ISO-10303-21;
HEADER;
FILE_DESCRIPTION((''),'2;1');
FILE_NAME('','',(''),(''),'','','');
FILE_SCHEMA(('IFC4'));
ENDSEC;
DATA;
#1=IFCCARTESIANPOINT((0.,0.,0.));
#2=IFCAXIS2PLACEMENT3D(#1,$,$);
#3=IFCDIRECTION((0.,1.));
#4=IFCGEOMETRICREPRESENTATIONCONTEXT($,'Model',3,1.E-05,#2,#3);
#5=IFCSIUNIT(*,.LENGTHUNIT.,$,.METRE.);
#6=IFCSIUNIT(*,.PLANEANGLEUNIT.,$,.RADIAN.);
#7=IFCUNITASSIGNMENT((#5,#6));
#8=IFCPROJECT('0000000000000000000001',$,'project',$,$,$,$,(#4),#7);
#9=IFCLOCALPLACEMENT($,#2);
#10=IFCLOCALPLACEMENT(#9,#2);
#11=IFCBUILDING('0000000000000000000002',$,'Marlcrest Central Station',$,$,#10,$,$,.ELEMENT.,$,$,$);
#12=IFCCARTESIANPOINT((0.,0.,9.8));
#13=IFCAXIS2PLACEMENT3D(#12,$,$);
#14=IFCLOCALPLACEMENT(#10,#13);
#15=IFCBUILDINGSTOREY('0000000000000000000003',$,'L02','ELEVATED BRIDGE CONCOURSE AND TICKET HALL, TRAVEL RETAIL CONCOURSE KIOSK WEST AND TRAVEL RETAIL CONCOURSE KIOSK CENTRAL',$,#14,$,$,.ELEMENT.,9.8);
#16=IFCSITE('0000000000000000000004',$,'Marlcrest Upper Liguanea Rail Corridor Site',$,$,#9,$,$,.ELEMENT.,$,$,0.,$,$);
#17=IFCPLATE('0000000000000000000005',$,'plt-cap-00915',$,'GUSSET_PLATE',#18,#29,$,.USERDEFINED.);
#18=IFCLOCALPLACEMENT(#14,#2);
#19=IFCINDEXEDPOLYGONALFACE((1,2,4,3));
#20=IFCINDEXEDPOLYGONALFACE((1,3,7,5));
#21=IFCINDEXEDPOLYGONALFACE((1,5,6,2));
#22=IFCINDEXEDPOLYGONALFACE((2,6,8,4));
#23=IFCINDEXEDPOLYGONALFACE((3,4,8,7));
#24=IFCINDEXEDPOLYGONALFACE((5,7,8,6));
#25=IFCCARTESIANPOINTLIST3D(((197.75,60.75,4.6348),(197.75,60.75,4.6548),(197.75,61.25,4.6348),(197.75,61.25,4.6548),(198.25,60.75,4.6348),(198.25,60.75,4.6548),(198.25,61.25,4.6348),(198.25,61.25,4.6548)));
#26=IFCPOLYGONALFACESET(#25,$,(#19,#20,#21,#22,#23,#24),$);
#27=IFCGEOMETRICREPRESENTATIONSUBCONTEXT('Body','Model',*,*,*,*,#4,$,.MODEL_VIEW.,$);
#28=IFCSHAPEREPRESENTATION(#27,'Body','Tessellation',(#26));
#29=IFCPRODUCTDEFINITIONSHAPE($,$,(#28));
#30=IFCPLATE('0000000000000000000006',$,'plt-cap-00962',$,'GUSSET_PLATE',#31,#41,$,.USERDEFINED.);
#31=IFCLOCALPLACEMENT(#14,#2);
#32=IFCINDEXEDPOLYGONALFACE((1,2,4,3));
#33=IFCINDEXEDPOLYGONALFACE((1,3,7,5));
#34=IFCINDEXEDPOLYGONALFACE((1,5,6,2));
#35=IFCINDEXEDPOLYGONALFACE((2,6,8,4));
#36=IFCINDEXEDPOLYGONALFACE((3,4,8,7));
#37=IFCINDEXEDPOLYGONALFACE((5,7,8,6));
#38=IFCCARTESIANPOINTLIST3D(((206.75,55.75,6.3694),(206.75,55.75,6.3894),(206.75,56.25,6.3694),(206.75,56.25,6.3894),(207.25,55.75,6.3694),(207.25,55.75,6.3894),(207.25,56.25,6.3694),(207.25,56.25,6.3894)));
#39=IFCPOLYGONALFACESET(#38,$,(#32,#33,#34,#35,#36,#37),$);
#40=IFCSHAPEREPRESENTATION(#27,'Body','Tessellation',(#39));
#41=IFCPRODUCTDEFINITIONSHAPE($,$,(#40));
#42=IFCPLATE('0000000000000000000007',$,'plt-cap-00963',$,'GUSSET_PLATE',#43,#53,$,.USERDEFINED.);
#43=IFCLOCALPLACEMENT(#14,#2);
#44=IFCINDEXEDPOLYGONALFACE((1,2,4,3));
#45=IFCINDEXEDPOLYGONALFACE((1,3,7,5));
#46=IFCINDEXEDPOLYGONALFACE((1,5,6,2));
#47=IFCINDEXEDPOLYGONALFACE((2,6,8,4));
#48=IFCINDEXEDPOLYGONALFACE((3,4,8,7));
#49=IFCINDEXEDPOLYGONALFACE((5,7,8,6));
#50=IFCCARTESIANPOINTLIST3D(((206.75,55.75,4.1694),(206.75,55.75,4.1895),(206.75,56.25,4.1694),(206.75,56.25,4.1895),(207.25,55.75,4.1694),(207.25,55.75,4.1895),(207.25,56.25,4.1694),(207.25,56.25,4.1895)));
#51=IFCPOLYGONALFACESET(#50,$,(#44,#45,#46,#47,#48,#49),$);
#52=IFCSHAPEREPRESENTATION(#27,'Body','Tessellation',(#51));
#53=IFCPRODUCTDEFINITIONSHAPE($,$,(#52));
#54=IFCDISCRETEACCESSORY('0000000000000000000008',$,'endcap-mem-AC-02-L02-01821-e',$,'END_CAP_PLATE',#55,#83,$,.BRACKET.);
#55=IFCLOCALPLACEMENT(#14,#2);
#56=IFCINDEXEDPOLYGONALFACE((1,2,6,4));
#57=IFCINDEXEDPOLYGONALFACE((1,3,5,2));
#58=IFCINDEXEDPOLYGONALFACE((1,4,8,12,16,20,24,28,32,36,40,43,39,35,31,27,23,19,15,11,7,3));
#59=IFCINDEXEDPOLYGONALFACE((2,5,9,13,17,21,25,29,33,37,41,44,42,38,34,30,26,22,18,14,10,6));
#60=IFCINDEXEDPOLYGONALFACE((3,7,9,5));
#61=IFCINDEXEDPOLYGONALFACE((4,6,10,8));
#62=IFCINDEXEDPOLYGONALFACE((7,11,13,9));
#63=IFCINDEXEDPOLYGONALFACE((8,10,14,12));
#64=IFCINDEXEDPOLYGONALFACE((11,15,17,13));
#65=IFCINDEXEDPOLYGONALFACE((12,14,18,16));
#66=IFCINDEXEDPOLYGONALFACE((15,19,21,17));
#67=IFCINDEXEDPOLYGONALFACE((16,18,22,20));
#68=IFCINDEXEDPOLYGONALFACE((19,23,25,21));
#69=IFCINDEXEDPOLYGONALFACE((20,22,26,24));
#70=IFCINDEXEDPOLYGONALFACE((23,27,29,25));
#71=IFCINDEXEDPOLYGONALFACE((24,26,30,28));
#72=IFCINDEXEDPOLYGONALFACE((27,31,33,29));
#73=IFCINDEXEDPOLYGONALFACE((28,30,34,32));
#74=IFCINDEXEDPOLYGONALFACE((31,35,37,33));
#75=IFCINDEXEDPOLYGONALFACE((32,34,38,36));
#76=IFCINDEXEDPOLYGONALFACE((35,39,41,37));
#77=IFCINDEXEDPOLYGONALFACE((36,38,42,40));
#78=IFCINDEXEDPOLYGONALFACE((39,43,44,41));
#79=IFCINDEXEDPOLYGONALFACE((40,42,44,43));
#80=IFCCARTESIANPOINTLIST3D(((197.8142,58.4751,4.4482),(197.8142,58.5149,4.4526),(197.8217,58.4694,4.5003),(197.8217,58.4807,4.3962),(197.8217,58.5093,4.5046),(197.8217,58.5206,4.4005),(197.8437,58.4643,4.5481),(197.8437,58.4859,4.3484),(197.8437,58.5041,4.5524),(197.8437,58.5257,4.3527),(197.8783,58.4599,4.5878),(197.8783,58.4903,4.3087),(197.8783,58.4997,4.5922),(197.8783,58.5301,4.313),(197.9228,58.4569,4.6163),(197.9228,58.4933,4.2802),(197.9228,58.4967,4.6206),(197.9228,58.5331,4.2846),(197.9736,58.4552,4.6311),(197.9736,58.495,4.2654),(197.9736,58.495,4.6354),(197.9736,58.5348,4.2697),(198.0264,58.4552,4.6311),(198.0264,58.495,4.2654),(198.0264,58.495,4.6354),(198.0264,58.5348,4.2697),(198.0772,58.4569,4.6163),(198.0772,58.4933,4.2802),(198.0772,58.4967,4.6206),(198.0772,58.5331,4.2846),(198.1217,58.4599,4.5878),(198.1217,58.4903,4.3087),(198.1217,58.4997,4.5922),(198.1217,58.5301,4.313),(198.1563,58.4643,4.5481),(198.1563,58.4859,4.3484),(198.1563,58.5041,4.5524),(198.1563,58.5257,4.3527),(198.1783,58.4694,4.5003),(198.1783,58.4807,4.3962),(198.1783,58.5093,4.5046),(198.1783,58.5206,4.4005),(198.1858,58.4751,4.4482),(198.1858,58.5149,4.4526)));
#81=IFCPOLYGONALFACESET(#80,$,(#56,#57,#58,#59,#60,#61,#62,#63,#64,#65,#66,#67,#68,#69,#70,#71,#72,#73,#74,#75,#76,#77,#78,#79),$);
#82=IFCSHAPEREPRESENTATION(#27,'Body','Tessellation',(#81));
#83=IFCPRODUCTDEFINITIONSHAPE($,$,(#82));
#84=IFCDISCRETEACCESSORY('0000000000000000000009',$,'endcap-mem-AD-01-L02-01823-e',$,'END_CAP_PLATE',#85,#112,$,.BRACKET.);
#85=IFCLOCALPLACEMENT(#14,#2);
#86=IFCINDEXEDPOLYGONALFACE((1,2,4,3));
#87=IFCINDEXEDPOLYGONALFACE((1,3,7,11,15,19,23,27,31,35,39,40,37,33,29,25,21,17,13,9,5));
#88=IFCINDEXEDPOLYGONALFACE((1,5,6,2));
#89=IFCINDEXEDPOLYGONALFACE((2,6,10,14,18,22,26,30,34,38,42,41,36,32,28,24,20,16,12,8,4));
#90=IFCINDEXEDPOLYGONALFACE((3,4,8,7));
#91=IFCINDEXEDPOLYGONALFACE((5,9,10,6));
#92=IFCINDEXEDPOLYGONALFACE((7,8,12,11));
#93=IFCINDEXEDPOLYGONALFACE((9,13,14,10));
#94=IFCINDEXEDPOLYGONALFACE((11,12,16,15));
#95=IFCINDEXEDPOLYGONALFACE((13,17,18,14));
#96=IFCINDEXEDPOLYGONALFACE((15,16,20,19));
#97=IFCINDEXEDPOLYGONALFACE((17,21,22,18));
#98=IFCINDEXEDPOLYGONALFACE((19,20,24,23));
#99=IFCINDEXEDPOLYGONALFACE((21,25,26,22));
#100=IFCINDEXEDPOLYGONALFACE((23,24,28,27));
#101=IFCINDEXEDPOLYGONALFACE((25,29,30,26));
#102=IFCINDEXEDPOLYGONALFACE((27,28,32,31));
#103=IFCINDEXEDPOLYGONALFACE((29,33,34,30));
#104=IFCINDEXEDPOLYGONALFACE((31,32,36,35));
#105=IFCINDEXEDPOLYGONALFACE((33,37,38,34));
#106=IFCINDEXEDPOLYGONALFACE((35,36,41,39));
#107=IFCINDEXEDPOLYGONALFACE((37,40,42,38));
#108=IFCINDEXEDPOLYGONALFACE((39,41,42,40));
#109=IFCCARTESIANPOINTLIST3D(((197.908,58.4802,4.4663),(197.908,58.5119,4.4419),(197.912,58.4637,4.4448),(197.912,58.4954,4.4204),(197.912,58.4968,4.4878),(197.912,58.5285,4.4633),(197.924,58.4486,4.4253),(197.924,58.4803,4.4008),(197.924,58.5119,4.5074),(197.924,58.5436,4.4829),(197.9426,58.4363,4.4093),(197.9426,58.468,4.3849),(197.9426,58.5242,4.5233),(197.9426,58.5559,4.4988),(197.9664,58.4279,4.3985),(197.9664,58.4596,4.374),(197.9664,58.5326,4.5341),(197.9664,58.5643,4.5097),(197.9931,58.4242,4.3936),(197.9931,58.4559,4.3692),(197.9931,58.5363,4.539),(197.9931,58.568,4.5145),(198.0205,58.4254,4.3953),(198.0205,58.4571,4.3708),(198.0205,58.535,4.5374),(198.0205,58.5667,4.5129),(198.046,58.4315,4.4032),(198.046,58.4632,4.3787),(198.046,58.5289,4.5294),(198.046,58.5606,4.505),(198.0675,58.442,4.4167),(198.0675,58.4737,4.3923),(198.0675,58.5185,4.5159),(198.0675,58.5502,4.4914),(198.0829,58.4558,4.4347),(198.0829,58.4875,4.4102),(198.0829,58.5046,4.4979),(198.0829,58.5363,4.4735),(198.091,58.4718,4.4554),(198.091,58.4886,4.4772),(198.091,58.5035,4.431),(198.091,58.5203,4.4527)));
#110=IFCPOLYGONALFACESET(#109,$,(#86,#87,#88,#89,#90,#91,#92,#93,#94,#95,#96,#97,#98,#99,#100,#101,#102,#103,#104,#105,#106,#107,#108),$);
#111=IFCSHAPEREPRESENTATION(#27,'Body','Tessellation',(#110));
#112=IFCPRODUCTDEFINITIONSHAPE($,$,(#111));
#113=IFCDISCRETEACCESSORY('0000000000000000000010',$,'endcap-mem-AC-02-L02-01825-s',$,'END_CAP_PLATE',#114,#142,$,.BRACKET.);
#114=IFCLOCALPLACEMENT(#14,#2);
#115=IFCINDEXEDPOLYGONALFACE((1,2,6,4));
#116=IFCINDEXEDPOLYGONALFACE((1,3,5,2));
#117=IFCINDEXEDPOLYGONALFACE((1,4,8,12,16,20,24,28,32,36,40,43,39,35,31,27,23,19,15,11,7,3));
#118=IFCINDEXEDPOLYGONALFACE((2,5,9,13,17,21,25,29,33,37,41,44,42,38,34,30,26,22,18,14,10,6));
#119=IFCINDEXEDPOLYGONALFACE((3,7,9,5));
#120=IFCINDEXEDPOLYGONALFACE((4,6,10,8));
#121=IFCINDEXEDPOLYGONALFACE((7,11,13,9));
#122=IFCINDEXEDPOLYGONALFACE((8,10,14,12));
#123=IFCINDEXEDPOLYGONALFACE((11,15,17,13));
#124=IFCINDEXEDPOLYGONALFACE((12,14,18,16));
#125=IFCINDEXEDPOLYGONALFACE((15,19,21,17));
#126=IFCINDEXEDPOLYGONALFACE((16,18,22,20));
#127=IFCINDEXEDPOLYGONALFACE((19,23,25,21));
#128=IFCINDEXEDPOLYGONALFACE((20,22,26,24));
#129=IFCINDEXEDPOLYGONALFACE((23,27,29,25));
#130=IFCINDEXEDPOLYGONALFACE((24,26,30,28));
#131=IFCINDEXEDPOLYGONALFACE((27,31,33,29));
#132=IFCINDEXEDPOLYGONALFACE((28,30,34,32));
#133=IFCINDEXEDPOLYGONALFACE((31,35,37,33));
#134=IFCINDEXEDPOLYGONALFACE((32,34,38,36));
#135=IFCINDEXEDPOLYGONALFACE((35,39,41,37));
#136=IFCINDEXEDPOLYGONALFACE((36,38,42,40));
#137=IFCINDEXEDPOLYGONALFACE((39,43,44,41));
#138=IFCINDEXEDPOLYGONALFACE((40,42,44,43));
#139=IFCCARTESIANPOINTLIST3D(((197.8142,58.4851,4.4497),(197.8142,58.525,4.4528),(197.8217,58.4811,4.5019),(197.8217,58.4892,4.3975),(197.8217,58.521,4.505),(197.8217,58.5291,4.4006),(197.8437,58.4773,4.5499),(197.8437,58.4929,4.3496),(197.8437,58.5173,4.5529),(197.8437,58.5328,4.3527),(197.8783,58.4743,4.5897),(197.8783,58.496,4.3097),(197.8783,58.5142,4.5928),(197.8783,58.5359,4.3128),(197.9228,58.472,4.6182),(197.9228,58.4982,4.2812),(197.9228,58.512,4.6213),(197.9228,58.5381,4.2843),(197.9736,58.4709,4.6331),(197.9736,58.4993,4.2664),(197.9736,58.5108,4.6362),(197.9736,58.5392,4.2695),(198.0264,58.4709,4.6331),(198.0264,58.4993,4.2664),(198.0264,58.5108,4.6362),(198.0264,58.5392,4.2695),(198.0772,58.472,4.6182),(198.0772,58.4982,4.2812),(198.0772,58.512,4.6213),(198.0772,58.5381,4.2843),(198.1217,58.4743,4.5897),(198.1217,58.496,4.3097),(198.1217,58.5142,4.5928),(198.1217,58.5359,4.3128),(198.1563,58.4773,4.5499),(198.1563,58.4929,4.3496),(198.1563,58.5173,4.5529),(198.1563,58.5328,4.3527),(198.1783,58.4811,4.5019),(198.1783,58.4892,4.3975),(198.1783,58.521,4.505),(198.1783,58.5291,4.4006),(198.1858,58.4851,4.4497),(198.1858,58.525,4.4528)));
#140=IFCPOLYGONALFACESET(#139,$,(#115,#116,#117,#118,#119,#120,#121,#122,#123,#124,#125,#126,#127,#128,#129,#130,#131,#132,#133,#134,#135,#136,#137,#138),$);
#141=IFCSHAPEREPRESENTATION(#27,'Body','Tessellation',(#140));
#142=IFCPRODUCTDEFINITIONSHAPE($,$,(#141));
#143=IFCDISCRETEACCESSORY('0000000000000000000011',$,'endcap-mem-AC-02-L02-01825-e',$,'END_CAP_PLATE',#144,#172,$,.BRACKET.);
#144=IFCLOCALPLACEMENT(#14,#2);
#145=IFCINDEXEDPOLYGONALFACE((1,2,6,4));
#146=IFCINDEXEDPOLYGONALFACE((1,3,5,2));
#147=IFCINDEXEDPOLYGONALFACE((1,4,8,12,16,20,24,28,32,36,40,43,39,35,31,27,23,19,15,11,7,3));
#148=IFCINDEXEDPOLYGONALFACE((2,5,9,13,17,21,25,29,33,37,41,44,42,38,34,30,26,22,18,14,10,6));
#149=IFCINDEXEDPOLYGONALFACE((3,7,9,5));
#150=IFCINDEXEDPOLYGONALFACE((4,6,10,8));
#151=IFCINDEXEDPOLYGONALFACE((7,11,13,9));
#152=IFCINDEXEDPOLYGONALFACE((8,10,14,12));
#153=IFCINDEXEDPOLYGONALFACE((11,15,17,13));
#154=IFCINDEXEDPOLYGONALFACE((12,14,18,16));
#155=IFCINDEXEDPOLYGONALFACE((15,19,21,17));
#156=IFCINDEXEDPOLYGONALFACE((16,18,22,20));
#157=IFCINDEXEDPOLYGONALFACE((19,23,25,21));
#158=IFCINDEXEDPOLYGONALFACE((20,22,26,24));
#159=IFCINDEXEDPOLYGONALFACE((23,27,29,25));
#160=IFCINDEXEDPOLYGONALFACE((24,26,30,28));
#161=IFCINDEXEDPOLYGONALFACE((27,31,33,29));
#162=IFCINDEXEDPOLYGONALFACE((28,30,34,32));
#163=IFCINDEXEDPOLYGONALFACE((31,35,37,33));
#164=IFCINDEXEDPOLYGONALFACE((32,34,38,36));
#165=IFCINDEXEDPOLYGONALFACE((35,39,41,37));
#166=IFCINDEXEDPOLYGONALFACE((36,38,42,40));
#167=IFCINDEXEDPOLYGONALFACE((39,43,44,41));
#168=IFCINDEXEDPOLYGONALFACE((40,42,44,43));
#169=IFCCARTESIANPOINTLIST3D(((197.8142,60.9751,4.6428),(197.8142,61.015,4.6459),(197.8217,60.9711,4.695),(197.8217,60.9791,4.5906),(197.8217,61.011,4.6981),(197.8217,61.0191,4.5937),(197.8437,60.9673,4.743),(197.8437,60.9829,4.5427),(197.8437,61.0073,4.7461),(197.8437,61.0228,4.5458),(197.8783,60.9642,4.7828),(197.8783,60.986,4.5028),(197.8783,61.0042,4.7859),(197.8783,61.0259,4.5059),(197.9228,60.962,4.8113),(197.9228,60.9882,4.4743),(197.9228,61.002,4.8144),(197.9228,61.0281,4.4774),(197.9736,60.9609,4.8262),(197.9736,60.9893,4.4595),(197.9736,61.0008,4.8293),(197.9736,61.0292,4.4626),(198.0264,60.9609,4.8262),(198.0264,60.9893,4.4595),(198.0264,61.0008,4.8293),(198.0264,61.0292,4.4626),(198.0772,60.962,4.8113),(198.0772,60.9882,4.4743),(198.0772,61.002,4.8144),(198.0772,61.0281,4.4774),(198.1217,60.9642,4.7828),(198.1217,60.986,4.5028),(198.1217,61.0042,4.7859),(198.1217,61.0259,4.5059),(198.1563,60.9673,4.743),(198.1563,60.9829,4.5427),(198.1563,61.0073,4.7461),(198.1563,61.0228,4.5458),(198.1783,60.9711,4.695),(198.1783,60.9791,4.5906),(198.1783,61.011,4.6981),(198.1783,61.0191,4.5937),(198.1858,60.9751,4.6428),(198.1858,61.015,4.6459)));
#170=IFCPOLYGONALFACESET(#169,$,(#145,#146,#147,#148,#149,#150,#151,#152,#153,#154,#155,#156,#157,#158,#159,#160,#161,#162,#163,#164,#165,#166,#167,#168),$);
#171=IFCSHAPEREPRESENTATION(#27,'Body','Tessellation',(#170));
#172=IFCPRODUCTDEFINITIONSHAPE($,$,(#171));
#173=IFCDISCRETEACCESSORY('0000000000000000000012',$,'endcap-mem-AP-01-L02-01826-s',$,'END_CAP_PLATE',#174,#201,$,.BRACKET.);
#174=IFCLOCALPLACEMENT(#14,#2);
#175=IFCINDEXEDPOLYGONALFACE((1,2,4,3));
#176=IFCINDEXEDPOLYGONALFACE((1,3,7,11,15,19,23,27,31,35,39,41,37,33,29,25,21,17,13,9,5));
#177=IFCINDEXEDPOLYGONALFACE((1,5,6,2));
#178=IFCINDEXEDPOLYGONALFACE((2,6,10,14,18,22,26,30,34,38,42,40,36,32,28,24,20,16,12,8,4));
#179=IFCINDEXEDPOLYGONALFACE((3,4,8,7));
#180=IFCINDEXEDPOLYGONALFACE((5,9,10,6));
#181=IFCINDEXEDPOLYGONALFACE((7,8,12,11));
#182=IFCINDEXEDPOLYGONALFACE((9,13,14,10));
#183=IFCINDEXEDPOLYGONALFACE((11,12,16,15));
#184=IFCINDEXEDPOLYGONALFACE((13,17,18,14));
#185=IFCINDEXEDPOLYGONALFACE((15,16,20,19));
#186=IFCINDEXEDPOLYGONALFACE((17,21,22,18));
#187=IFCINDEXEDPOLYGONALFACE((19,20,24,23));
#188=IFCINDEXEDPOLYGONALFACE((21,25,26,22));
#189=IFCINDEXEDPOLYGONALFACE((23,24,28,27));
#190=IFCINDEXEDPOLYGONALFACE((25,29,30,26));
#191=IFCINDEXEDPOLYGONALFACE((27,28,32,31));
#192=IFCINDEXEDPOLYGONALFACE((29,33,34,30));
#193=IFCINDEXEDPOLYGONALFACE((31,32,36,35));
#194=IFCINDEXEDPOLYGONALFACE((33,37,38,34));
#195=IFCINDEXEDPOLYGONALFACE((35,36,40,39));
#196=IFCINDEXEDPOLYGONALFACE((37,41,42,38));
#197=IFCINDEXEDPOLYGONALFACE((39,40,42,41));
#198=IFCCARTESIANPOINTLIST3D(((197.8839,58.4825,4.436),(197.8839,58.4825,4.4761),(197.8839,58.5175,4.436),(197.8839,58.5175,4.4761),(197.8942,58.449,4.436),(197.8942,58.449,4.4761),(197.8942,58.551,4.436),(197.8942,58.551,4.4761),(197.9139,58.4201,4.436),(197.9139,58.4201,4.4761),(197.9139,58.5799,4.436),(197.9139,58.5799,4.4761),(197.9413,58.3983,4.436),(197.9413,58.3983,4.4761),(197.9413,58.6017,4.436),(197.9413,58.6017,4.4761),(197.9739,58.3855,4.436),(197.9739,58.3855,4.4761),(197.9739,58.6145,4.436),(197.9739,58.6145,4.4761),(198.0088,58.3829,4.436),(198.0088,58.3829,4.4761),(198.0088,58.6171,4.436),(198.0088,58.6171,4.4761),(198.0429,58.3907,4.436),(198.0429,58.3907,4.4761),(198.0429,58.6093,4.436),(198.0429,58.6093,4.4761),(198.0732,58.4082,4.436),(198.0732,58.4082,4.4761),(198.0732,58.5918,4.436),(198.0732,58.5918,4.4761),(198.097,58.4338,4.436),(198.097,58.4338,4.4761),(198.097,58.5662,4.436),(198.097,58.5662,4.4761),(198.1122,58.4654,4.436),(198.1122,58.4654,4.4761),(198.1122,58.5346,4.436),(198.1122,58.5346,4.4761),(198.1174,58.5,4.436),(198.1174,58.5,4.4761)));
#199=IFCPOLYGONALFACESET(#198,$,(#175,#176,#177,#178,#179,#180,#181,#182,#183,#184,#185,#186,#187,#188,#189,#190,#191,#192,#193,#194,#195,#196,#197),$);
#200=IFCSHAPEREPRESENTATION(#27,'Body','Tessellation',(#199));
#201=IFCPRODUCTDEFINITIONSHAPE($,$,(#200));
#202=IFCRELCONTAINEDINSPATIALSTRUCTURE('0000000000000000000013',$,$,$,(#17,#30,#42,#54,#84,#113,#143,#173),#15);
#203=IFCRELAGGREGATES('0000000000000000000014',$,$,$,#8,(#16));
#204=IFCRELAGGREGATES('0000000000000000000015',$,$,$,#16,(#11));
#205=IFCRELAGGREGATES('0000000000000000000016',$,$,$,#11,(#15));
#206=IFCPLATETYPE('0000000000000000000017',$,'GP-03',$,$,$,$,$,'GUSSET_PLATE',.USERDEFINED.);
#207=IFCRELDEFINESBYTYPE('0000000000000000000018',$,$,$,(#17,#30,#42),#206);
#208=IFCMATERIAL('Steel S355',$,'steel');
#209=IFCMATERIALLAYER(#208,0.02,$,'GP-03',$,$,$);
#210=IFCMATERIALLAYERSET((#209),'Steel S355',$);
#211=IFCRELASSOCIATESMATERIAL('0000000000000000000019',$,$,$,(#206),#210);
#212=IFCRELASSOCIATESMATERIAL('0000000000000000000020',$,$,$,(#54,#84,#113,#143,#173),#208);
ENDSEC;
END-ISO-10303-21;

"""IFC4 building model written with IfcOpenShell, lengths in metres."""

from ifc_helpers import new_model, si_unit, direction, frame, origin, origin_2d, place, context, subcontext, project, spatial, rectangle, circle, extrude, material, layer, layer_set, type_object, element, save


model = new_model("IFC4")

# Units and contexts
model_context = context("Model", 3, precision=1e-05, world=origin(), true_north=direction((0.0, 1.0)))
body_context = subcontext(model_context, "Body", "Model", "MODEL_VIEW")
ifc_project = project(units=[si_unit("LENGTHUNIT", "METRE"), si_unit("PLANEANGLEUNIT", "RADIAN")], contexts=[model_context])

# Site, building, storey
site_placement = place(None, origin())
site = spatial("IfcSite", under=ifc_project, at=site_placement, Name="Marlcrest Upper Liguanea Rail Corridor Site", CompositionType="ELEMENT", RefElevation=0.0)
building_placement = place(site_placement, origin())
building = spatial("IfcBuilding", under=site, at=building_placement, Name="Marlcrest Central Station", CompositionType="ELEMENT")
storey_placement = place(building_placement, frame((0.0, 0.0, 9.8)))
storey = spatial("IfcBuildingStorey", under=building, at=storey_placement, Name="L02", Description="ELEVATED BRIDGE CONCOURSE AND TICKET HALL, TRAVEL RETAIL CONCOURSE KIOSK WEST AND TRAVEL RETAIL CONCOURSE KIOSK CENTRAL", CompositionType="ELEMENT", Elevation=9.8)

# Shared definitions
ifc_material = material(Name="Steel S355", Category="steel")

# Plates
ifc_layer = layer(ifc_material, 0.02, Name="GP-03")
ifc_layer_set = layer_set([ifc_layer], Name="Steel S355")
plate_type = type_object("IfcPlateType", Name="GP-03", ElementType="GUSSET_PLATE", PredefinedType="USERDEFINED", material=ifc_layer_set)
for number, where, z_axis, x_axis, name in (
    (1, (198.0, 61.0, 4.6348), (0.0, 0.0, 1.0), (1.0, 0.0, 0.0), "plt-cap-00915"),
    (2, (207.0, 56.0, 6.3694), (0.0, 0.0, 1.0), (1.0, 0.0, 0.0), "plt-cap-00962"),
    (3, (207.0, 56.0, 4.1694), (0.0, 0.0, 1.0), (1.0, 0.0, 0.0), "plt-cap-00963"),
):
    element("IfcPlate", number, at=place(storey_placement, frame(where, z_axis=z_axis, x_axis=x_axis)), inside=storey, type_object=plate_type, Name=name, ObjectType="GUSSET_PLATE", PredefinedType="USERDEFINED", context=body_context, shape_type="SweptSolid", body=[
        extrude(rectangle(XDim=0.5, YDim=0.5, at=origin_2d()), origin(), (0.0, 0.0, 1.0), 0.02),
    ])

# Discrete accessories
discrete_accessory_1_placement = place(storey_placement, frame((198.0, 58.4751, 4.4482), z_axis=(0.0, 0.994155, 0.107959), x_axis=(-1.0, 0.0, 0.0)))
element("IfcDiscreteAccessory", 4, at=discrete_accessory_1_placement, inside=storey, material=ifc_material, Name="endcap-mem-AC-02-L02-01821-e", ObjectType="END_CAP_PLATE", PredefinedType="BRACKET", context=body_context, shape_type="SweptSolid", body=[
    extrude(circle(Radius=0.1858, at=origin_2d()), origin(), (0.0, 0.0, 1.0), 0.04),
])
discrete_accessory_2_placement = place(storey_placement, frame((198.0, 58.4802, 4.4663), z_axis=(0.0, 0.791798, -0.610783), x_axis=(-1.0, 0.0, 0.0)))
element("IfcDiscreteAccessory", 5, at=discrete_accessory_2_placement, inside=storey, material=ifc_material, Name="endcap-mem-AD-01-L02-01823-e", ObjectType="END_CAP_PLATE", PredefinedType="BRACKET", context=body_context, shape_type="SweptSolid", body=[
    extrude(circle(Radius=0.092, at=origin_2d()), origin(), (0.0, 0.0, 1.0), 0.04),
])
for number, where, z_axis, x_axis, name in (
    (6, (198.0, 58.4851, 4.4497), (0.0, 0.997007, 0.077307), (-1.0, 0.0, 0.0), "endcap-mem-AC-02-L02-01825-s"),
    (7, (198.0, 60.9751, 4.6428), (0.0, 0.997007, 0.077307), (-1.0, 0.0, 0.0), "endcap-mem-AC-02-L02-01825-e"),
):
    element("IfcDiscreteAccessory", number, at=place(storey_placement, frame(where, z_axis=z_axis, x_axis=x_axis)), inside=storey, material=ifc_material, Name=name, ObjectType="END_CAP_PLATE", PredefinedType="BRACKET", context=body_context, shape_type="SweptSolid", body=[
        extrude(circle(Radius=0.1858, at=origin_2d()), origin(), (0.0, 0.0, 1.0), 0.04),
    ])
for number, where, z_axis, x_axis, name in (
    (8, (198.0, 58.5, 4.436), (0.0, 0.0, 1.0), (1.0, 0.0, 0.0), "endcap-mem-AP-01-L02-01826-s"),
):
    element("IfcDiscreteAccessory", number, at=place(storey_placement, frame(where, z_axis=z_axis, x_axis=x_axis)), inside=storey, material=ifc_material, Name=name, ObjectType="END_CAP_PLATE", PredefinedType="BRACKET", context=body_context, shape_type="SweptSolid", body=[
        extrude(circle(Radius=0.1174, at=origin_2d()), origin(), (0.0, 0.0, 1.0), 0.04),
    ])

save(model, "model.ifc")
